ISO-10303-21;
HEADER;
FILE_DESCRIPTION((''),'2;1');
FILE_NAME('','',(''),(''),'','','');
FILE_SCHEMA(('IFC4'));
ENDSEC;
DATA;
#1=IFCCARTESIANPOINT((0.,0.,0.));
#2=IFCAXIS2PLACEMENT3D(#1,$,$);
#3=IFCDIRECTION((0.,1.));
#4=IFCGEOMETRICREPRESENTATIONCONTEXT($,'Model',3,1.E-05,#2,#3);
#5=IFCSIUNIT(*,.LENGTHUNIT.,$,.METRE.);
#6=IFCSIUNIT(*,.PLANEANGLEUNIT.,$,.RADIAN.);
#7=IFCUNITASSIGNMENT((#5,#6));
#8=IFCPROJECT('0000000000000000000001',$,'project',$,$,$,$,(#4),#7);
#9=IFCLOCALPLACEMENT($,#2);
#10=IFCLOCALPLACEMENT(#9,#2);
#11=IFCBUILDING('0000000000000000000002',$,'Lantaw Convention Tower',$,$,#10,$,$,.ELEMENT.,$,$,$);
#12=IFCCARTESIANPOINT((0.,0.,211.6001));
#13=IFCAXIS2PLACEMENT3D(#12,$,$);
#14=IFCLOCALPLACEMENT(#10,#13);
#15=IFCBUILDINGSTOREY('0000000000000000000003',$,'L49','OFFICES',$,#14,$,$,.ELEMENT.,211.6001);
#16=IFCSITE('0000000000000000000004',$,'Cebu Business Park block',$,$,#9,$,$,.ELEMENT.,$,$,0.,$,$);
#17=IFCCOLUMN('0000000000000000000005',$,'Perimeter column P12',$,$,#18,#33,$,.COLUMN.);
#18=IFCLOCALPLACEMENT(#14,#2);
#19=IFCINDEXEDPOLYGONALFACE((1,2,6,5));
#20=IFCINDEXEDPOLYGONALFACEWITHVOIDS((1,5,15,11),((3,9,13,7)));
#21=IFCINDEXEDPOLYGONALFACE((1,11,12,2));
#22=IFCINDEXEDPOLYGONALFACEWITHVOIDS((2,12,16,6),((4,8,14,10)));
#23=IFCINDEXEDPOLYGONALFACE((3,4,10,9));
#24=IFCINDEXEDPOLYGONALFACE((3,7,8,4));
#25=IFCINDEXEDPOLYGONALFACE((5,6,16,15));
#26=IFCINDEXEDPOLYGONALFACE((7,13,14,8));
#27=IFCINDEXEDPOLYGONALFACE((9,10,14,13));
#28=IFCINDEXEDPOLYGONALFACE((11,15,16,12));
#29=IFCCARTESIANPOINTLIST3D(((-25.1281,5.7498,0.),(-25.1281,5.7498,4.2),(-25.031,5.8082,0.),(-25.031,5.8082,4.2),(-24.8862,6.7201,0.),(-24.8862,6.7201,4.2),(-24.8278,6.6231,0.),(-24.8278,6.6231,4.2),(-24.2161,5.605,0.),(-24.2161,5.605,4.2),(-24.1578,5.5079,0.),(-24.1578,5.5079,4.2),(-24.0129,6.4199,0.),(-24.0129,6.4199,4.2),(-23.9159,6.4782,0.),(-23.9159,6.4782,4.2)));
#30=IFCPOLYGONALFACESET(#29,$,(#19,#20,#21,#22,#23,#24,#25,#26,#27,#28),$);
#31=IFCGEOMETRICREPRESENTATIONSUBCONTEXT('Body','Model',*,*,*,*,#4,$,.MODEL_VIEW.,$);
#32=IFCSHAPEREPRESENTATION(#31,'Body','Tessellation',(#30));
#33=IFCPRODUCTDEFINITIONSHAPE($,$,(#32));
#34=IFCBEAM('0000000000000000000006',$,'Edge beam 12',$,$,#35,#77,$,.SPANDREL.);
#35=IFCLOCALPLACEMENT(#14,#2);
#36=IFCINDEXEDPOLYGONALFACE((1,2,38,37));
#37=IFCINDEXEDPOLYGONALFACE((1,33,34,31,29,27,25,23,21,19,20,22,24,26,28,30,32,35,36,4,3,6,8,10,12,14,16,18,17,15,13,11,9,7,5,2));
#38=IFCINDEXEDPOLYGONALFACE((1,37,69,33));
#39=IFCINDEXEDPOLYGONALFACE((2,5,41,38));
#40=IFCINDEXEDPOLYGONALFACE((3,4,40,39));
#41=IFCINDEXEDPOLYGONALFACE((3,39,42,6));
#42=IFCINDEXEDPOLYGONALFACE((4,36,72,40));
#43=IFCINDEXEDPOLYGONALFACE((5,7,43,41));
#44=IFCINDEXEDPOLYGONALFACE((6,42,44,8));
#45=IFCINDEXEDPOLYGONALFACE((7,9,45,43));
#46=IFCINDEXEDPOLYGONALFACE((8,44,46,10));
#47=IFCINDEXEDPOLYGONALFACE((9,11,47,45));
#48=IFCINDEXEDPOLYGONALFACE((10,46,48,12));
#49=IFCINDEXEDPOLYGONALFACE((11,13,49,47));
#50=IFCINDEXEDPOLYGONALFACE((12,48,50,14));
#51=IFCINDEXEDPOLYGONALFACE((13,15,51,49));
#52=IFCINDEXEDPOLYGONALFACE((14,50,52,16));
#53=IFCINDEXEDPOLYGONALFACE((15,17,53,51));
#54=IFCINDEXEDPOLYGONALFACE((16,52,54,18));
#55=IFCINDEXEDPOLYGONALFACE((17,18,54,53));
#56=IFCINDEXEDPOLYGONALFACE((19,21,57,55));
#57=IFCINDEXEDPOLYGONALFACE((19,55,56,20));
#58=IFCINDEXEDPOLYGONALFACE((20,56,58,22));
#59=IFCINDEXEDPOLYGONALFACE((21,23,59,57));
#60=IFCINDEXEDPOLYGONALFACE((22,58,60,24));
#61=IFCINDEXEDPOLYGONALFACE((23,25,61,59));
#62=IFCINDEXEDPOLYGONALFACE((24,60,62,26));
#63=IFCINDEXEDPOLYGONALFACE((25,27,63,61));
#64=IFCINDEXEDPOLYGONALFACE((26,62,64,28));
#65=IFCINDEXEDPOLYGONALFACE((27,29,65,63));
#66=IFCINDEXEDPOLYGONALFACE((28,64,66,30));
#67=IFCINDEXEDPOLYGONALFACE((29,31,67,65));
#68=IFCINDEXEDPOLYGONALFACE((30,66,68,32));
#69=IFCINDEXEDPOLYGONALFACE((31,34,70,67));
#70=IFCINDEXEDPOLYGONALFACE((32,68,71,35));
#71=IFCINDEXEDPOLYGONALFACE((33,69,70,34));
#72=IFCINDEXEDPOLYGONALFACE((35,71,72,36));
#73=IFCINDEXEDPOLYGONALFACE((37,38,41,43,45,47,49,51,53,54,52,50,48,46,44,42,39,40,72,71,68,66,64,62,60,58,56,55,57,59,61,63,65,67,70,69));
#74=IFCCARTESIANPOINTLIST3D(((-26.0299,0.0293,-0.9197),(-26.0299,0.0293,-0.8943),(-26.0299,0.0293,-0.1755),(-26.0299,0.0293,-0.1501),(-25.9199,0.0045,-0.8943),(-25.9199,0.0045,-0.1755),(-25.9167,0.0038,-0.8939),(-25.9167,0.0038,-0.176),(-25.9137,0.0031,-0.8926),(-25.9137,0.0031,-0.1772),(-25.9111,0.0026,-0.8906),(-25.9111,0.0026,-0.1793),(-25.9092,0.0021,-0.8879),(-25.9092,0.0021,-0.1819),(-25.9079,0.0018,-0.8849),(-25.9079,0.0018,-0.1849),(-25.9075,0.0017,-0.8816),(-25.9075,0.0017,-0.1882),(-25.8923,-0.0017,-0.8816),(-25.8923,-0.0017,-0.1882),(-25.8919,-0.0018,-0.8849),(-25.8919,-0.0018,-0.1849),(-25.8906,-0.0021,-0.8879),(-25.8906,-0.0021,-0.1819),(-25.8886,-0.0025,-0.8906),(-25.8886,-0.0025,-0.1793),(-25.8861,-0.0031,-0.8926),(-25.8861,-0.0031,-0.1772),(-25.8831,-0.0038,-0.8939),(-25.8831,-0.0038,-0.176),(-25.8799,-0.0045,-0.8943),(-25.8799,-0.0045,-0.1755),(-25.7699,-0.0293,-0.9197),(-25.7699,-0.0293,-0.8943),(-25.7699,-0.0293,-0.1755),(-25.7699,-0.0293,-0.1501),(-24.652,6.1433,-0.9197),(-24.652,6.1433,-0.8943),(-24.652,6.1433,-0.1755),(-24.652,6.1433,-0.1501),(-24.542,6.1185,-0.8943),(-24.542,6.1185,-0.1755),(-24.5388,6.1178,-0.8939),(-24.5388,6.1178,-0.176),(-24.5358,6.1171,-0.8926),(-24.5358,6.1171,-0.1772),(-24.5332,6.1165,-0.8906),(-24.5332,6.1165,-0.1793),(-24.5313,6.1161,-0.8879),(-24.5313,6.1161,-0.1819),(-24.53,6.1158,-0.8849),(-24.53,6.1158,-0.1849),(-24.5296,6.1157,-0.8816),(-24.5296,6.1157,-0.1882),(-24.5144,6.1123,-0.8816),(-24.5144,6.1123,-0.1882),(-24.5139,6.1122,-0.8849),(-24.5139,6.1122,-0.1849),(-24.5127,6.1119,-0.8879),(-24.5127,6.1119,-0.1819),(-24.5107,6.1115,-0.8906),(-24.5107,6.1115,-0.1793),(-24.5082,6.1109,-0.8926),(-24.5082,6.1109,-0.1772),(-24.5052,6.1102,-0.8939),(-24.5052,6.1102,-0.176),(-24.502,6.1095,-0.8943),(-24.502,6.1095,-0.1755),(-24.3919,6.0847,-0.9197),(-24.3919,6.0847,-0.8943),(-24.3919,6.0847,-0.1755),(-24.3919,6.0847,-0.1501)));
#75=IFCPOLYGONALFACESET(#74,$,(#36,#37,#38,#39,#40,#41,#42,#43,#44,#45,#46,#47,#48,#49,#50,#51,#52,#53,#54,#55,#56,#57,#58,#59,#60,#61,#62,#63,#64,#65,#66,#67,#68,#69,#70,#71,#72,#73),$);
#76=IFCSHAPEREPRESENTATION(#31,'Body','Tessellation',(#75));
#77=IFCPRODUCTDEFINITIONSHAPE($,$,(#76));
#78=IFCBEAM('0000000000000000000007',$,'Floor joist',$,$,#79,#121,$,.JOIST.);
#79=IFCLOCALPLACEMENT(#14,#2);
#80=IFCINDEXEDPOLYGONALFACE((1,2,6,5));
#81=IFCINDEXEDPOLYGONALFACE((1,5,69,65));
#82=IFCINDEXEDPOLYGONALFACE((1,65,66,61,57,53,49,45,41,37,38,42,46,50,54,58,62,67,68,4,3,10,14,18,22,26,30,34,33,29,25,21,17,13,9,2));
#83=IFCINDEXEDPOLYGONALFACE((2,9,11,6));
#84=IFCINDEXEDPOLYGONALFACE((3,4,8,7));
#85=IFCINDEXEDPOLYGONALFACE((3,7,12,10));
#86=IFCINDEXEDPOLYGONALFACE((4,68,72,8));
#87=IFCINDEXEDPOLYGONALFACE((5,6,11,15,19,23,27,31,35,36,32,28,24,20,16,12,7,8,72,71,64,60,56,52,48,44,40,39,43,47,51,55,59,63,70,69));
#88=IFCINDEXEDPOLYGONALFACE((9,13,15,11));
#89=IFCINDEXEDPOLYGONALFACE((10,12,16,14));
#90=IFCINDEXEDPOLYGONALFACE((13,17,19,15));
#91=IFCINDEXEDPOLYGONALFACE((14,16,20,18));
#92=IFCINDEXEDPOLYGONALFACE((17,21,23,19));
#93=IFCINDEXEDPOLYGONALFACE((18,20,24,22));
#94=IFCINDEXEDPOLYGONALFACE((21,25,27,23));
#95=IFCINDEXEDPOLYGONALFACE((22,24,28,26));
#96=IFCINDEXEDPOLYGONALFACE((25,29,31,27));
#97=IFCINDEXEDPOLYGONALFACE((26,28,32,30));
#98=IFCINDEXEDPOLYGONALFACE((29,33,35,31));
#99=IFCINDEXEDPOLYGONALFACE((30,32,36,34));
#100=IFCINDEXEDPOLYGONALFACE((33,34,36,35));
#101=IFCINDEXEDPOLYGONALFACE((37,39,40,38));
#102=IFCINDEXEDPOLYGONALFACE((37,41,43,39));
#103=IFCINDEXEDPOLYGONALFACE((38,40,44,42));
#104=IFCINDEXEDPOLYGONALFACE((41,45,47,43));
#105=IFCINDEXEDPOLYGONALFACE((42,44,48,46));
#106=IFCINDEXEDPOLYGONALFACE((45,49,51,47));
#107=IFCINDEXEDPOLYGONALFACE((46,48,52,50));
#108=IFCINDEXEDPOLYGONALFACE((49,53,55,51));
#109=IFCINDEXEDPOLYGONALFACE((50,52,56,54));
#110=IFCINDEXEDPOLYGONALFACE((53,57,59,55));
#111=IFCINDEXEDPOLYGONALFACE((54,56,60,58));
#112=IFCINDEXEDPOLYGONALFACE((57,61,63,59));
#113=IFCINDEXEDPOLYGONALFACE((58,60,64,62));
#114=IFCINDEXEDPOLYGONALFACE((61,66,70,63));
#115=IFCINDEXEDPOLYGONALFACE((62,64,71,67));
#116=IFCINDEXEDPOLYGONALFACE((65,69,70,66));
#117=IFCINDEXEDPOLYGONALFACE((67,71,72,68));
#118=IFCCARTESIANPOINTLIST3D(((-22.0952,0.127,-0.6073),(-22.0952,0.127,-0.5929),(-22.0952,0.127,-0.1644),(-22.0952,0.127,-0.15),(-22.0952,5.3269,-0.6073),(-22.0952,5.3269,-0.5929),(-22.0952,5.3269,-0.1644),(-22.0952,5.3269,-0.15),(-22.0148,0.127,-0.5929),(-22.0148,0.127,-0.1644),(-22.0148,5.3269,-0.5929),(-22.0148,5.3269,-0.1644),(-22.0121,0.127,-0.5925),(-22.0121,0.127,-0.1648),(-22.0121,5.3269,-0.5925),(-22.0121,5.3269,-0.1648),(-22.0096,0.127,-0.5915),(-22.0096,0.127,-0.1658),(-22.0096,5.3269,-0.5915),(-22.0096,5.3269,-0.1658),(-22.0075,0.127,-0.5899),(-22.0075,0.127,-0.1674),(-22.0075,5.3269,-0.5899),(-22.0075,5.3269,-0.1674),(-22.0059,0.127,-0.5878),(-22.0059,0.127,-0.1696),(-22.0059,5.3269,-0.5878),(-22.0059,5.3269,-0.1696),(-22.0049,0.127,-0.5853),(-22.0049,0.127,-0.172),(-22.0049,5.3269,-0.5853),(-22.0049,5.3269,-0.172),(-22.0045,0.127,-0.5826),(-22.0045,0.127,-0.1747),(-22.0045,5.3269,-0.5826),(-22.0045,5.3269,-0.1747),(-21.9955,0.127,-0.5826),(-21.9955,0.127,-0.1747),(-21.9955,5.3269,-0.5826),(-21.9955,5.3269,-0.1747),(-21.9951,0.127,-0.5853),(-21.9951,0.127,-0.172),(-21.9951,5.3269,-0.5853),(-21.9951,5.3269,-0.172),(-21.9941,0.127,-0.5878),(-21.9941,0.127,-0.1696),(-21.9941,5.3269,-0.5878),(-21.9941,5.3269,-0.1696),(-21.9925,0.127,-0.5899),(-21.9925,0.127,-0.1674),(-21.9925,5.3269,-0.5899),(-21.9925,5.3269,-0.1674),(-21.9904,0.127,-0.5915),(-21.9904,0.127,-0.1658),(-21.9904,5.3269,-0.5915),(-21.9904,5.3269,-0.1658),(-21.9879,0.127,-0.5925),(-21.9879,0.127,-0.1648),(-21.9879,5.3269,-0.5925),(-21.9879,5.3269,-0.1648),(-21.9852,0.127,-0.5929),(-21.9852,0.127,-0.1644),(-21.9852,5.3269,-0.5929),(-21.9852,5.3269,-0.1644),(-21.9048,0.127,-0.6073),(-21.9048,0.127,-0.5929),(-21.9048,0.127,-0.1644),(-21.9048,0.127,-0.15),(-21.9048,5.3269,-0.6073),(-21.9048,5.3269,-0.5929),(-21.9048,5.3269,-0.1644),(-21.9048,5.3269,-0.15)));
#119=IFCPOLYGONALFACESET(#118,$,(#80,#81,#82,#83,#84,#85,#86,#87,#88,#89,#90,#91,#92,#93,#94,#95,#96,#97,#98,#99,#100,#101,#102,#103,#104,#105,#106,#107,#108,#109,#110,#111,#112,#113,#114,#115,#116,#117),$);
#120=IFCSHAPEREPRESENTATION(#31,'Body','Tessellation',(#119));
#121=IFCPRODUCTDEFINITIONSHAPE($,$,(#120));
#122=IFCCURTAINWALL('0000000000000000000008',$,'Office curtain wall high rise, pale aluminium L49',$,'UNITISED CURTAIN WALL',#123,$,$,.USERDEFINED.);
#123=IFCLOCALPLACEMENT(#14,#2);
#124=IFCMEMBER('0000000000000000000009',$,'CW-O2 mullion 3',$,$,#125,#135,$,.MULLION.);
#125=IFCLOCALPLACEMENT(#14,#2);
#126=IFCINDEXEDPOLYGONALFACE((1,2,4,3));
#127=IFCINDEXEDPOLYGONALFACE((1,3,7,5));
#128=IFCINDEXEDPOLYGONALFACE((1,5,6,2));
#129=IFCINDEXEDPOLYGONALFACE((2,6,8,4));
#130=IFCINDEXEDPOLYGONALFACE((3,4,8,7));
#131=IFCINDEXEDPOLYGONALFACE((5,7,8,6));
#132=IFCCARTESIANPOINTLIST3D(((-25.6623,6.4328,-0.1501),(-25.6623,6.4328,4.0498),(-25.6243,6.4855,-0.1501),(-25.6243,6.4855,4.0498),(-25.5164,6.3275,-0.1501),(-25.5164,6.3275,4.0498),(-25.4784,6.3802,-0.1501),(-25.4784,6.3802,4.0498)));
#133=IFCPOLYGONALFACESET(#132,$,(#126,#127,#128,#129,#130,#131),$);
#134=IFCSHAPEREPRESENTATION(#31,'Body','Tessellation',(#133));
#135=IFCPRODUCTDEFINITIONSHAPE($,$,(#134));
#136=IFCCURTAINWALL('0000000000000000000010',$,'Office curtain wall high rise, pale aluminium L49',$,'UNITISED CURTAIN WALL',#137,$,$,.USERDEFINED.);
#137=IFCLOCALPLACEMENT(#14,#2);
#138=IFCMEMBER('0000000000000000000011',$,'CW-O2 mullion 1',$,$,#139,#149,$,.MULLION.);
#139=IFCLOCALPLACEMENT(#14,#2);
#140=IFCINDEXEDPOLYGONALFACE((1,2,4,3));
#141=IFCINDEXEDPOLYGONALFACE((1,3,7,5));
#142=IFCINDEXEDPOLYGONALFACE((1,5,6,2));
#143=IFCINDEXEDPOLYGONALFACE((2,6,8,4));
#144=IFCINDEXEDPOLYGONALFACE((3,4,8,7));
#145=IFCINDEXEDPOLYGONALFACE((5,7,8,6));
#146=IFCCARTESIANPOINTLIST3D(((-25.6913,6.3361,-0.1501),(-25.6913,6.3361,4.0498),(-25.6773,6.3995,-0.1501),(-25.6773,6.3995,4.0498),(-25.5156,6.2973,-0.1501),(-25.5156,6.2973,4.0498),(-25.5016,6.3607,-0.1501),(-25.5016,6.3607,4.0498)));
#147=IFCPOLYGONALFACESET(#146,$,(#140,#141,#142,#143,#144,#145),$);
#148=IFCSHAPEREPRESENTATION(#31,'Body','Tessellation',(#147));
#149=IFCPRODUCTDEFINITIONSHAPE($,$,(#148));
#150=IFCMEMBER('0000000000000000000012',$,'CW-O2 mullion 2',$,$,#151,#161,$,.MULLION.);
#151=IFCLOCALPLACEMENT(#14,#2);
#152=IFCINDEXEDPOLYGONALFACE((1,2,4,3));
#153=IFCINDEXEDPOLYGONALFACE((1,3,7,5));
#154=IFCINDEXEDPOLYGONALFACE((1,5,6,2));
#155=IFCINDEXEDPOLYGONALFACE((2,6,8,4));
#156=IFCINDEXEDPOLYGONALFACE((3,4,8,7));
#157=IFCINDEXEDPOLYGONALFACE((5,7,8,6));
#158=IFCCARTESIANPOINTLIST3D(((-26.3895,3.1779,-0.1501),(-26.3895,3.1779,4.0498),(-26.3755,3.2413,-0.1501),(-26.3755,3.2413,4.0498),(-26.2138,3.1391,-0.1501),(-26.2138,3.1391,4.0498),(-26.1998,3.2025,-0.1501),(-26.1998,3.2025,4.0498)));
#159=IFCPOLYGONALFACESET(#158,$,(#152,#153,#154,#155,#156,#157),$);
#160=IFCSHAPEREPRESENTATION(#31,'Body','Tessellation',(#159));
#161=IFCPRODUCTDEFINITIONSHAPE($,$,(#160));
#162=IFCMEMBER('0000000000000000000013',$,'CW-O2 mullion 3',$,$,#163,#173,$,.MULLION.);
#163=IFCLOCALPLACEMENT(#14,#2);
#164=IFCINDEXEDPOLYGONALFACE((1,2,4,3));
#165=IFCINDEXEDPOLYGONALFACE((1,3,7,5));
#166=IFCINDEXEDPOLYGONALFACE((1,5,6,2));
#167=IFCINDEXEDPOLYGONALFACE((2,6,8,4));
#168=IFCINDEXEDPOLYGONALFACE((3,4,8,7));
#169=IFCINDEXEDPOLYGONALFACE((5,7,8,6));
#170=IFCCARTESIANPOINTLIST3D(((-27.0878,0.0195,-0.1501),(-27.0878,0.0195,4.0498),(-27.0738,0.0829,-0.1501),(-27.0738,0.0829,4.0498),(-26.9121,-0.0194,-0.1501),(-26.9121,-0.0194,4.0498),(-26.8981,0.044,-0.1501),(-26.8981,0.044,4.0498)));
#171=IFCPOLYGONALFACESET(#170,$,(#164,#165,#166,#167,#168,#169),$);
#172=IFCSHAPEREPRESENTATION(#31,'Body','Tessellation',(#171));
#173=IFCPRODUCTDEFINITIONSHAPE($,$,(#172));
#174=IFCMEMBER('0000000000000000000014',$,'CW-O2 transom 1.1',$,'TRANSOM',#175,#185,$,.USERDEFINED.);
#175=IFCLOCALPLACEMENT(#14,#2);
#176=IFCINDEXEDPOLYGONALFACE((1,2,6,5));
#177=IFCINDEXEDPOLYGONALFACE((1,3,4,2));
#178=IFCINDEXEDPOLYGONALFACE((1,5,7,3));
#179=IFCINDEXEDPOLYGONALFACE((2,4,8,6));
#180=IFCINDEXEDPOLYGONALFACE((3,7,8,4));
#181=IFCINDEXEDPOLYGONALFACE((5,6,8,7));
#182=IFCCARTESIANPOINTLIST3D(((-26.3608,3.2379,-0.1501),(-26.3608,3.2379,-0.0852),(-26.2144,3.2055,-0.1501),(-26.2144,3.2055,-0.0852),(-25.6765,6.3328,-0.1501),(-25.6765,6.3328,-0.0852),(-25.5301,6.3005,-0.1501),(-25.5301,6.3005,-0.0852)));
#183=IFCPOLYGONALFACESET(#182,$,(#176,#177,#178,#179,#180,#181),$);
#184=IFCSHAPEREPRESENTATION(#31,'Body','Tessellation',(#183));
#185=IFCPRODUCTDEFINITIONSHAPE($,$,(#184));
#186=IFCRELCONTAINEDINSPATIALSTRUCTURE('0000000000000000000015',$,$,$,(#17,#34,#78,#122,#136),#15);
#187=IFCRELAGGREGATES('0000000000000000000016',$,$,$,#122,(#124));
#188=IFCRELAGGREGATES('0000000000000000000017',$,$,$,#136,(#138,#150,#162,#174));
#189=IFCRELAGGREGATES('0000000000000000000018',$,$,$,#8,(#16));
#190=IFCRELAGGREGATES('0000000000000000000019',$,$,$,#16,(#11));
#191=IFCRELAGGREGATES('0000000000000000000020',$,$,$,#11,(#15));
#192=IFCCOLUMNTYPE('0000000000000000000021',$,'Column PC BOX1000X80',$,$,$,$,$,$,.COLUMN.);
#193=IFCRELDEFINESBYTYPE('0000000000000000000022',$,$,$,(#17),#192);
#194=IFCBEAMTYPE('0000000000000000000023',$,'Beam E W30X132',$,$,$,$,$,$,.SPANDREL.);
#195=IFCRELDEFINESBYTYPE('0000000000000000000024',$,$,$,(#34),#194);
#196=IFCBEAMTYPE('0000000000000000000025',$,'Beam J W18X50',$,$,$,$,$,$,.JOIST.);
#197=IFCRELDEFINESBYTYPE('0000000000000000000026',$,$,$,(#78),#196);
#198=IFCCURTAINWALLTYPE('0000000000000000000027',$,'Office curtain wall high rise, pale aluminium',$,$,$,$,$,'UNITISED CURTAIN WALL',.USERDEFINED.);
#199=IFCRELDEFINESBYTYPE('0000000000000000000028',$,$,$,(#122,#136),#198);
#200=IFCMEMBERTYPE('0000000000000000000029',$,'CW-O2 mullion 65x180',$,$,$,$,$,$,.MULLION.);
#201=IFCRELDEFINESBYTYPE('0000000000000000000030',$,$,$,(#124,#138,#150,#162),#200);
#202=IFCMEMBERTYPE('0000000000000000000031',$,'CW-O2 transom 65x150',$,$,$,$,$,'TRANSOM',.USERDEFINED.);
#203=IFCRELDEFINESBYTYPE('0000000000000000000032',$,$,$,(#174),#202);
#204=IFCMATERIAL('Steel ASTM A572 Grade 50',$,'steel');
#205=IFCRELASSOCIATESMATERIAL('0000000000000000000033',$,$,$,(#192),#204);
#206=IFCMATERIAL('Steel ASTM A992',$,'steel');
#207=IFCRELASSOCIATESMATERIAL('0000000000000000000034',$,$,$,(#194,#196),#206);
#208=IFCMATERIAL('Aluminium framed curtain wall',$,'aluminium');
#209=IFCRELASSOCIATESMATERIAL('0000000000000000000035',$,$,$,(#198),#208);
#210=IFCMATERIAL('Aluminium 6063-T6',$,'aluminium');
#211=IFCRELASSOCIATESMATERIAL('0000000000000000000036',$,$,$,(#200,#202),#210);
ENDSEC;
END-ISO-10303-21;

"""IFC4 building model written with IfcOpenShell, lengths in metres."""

from ifc_helpers import new_model, si_unit, direction, frame, origin, origin_2d, place, context, subcontext, project, spatial, rectangle, hollow_rectangle, i_section, extrude, material, material_profile, profile_set, type_object, element, aggregate, save


model = new_model("IFC4")

# Units and contexts
model_context = context("Model", 3, precision=1e-05, world=origin(), true_north=direction((0.0, 1.0)))
body_context = subcontext(model_context, "Body", "Model", "MODEL_VIEW")
ifc_project = project(units=[si_unit("LENGTHUNIT", "METRE"), si_unit("PLANEANGLEUNIT", "RADIAN")], contexts=[model_context])

# Site, building, storey
site_placement = place(None, origin())
site = spatial("IfcSite", under=ifc_project, at=site_placement, Name="Cebu Business Park block", CompositionType="ELEMENT", RefElevation=0.0)
building_placement = place(site_placement, origin())
building = spatial("IfcBuilding", under=site, at=building_placement, Name="Lantaw Convention Tower", CompositionType="ELEMENT")
storey_placement = place(building_placement, frame((0.0, 0.0, 211.6001)))
storey = spatial("IfcBuildingStorey", under=building, at=storey_placement, Name="L49", Description="OFFICES", CompositionType="ELEMENT", Elevation=211.6001)

# Column
ifc_material_1 = material(Name="Steel ASTM A572 Grade 50", Category="steel")
ifc_material_profile_1 = material_profile(ifc_material_1, hollow_rectangle(XDim=1.0, YDim=1.0, WallThickness=0.0801, at=origin_2d()), Name="BOX1000X80")
ifc_material_2 = material(Name="Concrete C60/75", Category="concrete")
ifc_material_profile_2 = material_profile(ifc_material_2, rectangle(XDim=0.8401, YDim=0.8401, at=origin_2d()), Name="Concrete fill of BOX1000X80")
ifc_profile_set_1 = profile_set([ifc_material_profile_1, ifc_material_profile_2], Name="Steel ASTM A572 Grade 50")
column_type = type_object("IfcColumnType", Name="Column PC BOX1000X80", PredefinedType="COLUMN", material=ifc_profile_set_1)
column_placement = place(storey_placement, frame((-24.522, 6.114, 0.0), z_axis=(0.0, 0.0, 1.0), x_axis=(0.241922, 0.970296, 0.0)))
element("IfcColumn", 1, at=column_placement, inside=storey, type_object=column_type, Name="Perimeter column P12", PredefinedType="COLUMN", context=body_context, shape_type="SweptSolid", body=[
    extrude(hollow_rectangle(XDim=1.0, YDim=1.0, WallThickness=0.0801, at=origin_2d()), origin(), (0.0, 0.0, 1.0), 4.2),
])

# Beams
ifc_material_3 = material(Name="Steel ASTM A992", Category="steel")
ifc_material_profile_3 = material_profile(ifc_material_3, i_section(OverallWidth=0.2666, OverallDepth=0.7695, WebThickness=0.0156, FlangeThickness=0.0254, FilletRadius=0.0127, at=origin_2d()), Name="W30X132")
ifc_profile_set_2 = profile_set([ifc_material_profile_3], Name="Steel ASTM A992")
beam_type_1 = type_object("IfcBeamType", Name="Beam E W30X132", PredefinedType="SPANDREL", material=ifc_profile_set_2)
beam_1_placement = place(storey_placement, frame((-24.522, 6.114, -0.5349), z_axis=(-0.219858, -0.975532, 0.0), x_axis=(0.975532, -0.219858, 0.0)))
element("IfcBeam", 2, at=beam_1_placement, inside=storey, type_object=beam_type_1, Name="Edge beam 12", PredefinedType="SPANDREL", context=body_context, shape_type="SweptSolid", body=[
    extrude(i_section(OverallWidth=0.2666, OverallDepth=0.7695, WebThickness=0.0156, FlangeThickness=0.0254, FilletRadius=0.0127, at=origin_2d()), origin(), (0.0, 0.0, 1.0), 6.2673),
])
ifc_material_profile_4 = material_profile(ifc_material_3, i_section(OverallWidth=0.1904, OverallDepth=0.4573, WebThickness=0.009, FlangeThickness=0.0144, FilletRadius=0.0103, at=origin_2d()), Name="W18X50")
ifc_profile_set_3 = profile_set([ifc_material_profile_4], Name="Steel ASTM A992")
beam_type_2 = type_object("IfcBeamType", Name="Beam J W18X50", PredefinedType="JOIST", material=ifc_profile_set_3)
beam_2_placement = place(storey_placement, frame((-22.0, 0.127, -0.3787), z_axis=(0.0, 1.0, 0.0), x_axis=(-1.0, 0.0, 0.0)))
element("IfcBeam", 3, at=beam_2_placement, inside=storey, type_object=beam_type_2, Name="Floor joist", PredefinedType="JOIST", context=body_context, shape_type="SweptSolid", body=[
    extrude(i_section(OverallWidth=0.1904, OverallDepth=0.4573, WebThickness=0.009, FlangeThickness=0.0144, FilletRadius=0.0103, at=origin_2d()), origin(), (0.0, 0.0, 1.0), 5.2),
])

# Curtain wall, member
ifc_material_4 = material(Name="Aluminium framed curtain wall", Category="aluminium")
curtain_wall_type = type_object("IfcCurtainWallType", Name="Office curtain wall high rise, pale aluminium", ElementType="UNITISED CURTAIN WALL", PredefinedType="USERDEFINED", material=ifc_material_4)
curtain_wall_1_placement = place(storey_placement, origin())
curtain_wall_1 = element("IfcCurtainWall", 4, at=curtain_wall_1_placement, inside=storey, type_object=curtain_wall_type, Name="Office curtain wall high rise, pale aluminium L49", ObjectType="UNITISED CURTAIN WALL", PredefinedType="USERDEFINED")
ifc_material_5 = material(Name="Aluminium 6063-T6", Category="aluminium")
ifc_material_profile_5 = material_profile(ifc_material_5, rectangle(XDim=0.1799, YDim=0.0649, at=origin_2d()), Name="CW-O2 mullion 65x180")
ifc_profile_set_4 = profile_set([ifc_material_profile_5], Name="Aluminium 6063-T6")
member_type_1 = type_object("IfcMemberType", Name="CW-O2 mullion 65x180", PredefinedType="MULLION", material=ifc_profile_set_4)
member_1_placement = place(storey_placement, frame((-25.5703, 6.4065, -0.1501), z_axis=(0.0, 0.0, 1.0), x_axis=(0.81092, -0.585158, 0.0)))
member_1 = element("IfcMember", 5, at=member_1_placement, type_object=member_type_1, Name="CW-O2 mullion 3", PredefinedType="MULLION", context=body_context, shape_type="SweptSolid", body=[
    extrude(rectangle(XDim=0.1799, YDim=0.0649, at=origin_2d()), origin(), (0.0, 0.0, 1.0), 4.2),
])

# Curtain wall, members
curtain_wall_2_placement = place(storey_placement, origin())
curtain_wall_2 = element("IfcCurtainWall", 6, at=curtain_wall_2_placement, inside=storey, type_object=curtain_wall_type, Name="Office curtain wall high rise, pale aluminium L49", ObjectType="UNITISED CURTAIN WALL", PredefinedType="USERDEFINED")
member_2_placement = place(storey_placement, frame((-25.5964, 6.3484, -0.1501), z_axis=(0.0, 0.0, 1.0), x_axis=(0.976417, -0.215891, 0.0)))
member_2 = element("IfcMember", 7, at=member_2_placement, type_object=member_type_1, Name="CW-O2 mullion 1", PredefinedType="MULLION", context=body_context, shape_type="SweptSolid", body=[
    extrude(rectangle(XDim=0.1799, YDim=0.0649, at=origin_2d()), origin(), (0.0, 0.0, 1.0), 4.2),
])
member_3_placement = place(storey_placement, frame((-26.2947, 3.1902, -0.1501), z_axis=(0.0, 0.0, 1.0), x_axis=(0.976417, -0.215891, 0.0)))
member_3 = element("IfcMember", 8, at=member_3_placement, type_object=member_type_1, Name="CW-O2 mullion 2", PredefinedType="MULLION", context=body_context, shape_type="SweptSolid", body=[
    extrude(rectangle(XDim=0.1799, YDim=0.0649, at=origin_2d()), origin(), (0.0, 0.0, 1.0), 4.2),
])
member_4_placement = place(storey_placement, frame((-26.9929, 0.0317, -0.1501), z_axis=(0.0, 0.0, 1.0), x_axis=(0.976417, -0.215891, 0.0)))
member_4 = element("IfcMember", 9, at=member_4_placement, type_object=member_type_1, Name="CW-O2 mullion 3", PredefinedType="MULLION", context=body_context, shape_type="SweptSolid", body=[
    extrude(rectangle(XDim=0.1799, YDim=0.0649, at=origin_2d()), origin(), (0.0, 0.0, 1.0), 4.2),
])
ifc_material_profile_6 = material_profile(ifc_material_5, rectangle(XDim=0.1499, YDim=0.0649, at=origin_2d()), Name="CW-O2 transom 65x150")
ifc_profile_set_5 = profile_set([ifc_material_profile_6], Name="Aluminium 6063-T6")
member_type_2 = type_object("IfcMemberType", Name="CW-O2 transom 65x150", ElementType="TRANSOM", PredefinedType="USERDEFINED", material=ifc_profile_set_5)
member_5_placement = place(storey_placement, frame((-25.6033, 6.3167, -0.1177), z_axis=(-0.215895, -0.976417, 0.0), x_axis=(0.976417, -0.215895, 0.0)))
member_5 = element("IfcMember", 10, at=member_5_placement, type_object=member_type_2, Name="CW-O2 transom 1.1", ObjectType="TRANSOM", PredefinedType="USERDEFINED", context=body_context, shape_type="SweptSolid", body=[
    extrude(rectangle(XDim=0.1499, YDim=0.0649, at=origin_2d()), origin(), (0.0, 0.0, 1.0), 3.1697),
])

aggregate(curtain_wall_1, [member_1])
aggregate(curtain_wall_2, [member_2, member_3, member_4, member_5])

save(model, "model.ifc")
